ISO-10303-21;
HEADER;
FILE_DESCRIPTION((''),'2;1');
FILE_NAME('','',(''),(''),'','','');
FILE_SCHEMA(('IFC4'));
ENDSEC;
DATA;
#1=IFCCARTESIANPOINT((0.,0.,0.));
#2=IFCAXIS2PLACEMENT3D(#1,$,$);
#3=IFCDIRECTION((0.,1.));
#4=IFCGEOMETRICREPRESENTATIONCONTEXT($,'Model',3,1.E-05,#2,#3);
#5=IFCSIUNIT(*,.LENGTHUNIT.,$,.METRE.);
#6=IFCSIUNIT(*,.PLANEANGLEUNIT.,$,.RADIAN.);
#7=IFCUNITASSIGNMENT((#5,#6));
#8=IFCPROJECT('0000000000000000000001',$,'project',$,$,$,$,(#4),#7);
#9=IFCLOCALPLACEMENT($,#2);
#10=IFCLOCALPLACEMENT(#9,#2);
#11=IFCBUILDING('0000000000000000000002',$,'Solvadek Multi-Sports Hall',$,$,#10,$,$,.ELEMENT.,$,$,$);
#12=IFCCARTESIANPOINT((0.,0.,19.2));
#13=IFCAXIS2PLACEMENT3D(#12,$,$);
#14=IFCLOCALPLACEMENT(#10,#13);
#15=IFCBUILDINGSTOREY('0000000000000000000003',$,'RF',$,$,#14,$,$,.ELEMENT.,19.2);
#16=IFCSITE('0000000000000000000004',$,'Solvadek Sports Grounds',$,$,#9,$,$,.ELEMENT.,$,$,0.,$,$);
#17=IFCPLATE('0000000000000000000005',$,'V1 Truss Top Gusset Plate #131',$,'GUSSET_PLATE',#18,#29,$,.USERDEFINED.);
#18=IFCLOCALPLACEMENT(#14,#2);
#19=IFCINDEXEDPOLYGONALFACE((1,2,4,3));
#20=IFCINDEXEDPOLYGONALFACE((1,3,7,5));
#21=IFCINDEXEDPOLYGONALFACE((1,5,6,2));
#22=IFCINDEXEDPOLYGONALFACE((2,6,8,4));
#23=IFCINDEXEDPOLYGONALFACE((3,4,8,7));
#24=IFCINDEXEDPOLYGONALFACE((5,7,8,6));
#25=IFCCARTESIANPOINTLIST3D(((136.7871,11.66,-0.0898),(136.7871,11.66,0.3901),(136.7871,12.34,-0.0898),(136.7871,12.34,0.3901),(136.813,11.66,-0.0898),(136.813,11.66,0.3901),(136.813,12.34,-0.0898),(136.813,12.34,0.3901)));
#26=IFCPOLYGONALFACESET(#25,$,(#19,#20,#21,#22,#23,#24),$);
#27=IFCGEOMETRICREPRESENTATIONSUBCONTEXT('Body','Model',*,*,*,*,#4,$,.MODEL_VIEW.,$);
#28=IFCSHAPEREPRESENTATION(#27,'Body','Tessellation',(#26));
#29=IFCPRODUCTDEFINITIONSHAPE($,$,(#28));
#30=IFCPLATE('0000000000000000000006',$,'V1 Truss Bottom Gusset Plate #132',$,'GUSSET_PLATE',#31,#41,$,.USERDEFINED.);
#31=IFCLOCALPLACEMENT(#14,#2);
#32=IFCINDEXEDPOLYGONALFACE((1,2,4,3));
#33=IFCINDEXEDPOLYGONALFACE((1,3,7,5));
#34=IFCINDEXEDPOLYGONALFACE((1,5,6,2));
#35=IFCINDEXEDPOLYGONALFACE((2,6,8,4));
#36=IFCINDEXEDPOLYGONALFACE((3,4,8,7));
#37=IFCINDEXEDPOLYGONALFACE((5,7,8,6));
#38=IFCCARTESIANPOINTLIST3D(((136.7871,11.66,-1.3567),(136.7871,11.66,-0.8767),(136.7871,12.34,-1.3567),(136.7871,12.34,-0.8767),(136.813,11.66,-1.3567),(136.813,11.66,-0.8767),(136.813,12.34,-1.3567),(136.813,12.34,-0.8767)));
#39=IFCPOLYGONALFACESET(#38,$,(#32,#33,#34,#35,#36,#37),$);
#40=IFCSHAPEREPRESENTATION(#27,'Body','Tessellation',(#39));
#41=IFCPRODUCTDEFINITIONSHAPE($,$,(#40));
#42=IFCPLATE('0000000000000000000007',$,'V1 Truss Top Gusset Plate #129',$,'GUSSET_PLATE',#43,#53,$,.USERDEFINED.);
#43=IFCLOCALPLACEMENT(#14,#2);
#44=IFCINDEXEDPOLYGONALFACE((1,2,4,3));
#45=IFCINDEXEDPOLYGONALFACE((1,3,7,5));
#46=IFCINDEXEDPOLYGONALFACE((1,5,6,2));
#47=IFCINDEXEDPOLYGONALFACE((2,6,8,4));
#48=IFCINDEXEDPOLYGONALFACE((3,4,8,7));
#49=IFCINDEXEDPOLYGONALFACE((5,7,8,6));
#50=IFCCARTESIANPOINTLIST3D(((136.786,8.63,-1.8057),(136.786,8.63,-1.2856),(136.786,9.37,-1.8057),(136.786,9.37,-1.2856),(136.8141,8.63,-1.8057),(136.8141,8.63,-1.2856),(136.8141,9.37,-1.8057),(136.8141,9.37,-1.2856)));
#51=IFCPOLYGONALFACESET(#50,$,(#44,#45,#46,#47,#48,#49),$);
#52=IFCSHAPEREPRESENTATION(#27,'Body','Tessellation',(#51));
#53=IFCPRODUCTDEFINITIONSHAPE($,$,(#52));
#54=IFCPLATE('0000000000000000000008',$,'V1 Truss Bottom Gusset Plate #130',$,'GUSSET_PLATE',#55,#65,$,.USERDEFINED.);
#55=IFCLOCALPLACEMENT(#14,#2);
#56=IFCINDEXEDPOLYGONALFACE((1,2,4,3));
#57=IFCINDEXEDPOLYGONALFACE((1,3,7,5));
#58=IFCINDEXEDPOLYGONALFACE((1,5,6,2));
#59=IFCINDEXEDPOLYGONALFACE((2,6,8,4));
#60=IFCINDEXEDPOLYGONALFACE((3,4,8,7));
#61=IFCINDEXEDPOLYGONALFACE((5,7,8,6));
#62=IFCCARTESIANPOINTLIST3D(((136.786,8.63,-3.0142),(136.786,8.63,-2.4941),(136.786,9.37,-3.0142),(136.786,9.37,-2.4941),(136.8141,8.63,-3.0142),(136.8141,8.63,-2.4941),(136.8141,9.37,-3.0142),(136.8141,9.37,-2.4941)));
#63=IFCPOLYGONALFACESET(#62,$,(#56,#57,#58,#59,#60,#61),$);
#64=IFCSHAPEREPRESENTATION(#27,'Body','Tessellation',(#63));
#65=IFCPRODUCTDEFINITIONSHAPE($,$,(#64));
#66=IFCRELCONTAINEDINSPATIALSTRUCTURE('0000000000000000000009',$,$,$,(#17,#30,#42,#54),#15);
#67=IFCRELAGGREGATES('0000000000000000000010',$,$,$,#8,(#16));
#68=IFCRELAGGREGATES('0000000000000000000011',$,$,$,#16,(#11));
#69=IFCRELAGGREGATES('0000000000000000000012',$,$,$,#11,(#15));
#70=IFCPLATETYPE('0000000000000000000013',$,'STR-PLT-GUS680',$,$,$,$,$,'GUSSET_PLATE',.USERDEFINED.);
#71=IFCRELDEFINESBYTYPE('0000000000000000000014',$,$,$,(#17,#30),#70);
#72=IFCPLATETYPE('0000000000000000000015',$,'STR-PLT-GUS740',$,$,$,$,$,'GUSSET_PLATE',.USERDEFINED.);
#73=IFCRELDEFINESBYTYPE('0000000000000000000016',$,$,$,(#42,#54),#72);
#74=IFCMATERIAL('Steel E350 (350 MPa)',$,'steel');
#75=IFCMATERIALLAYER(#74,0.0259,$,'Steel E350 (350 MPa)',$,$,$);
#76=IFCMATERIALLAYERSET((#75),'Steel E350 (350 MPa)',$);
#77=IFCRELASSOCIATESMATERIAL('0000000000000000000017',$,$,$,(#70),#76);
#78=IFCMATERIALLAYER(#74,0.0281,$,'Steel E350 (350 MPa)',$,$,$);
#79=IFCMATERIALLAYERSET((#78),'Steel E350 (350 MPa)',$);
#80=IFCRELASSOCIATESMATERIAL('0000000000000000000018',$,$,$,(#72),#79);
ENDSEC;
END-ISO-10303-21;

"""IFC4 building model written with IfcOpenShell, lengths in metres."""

from ifc_helpers import new_model, si_unit, direction, frame, origin, origin_2d, place, context, subcontext, project, spatial, rectangle, extrude, material, layer, layer_set, type_object, element, save


model = new_model("IFC4")

# Units and contexts
model_context = context("Model", 3, precision=1e-05, world=origin(), true_north=direction((0.0, 1.0)))
body_context = subcontext(model_context, "Body", "Model", "MODEL_VIEW")
ifc_project = project(units=[si_unit("LENGTHUNIT", "METRE"), si_unit("PLANEANGLEUNIT", "RADIAN")], contexts=[model_context])

# Site, building, storey
site_placement = place(None, origin())
site = spatial("IfcSite", under=ifc_project, at=site_placement, Name="Solvadek Sports Grounds", CompositionType="ELEMENT", RefElevation=0.0)
building_placement = place(site_placement, origin())
building = spatial("IfcBuilding", under=site, at=building_placement, Name="Solvadek Multi-Sports Hall", CompositionType="ELEMENT")
storey_placement = place(building_placement, frame((0.0, 0.0, 19.2)))
storey = spatial("IfcBuildingStorey", under=building, at=storey_placement, Name="RF", CompositionType="ELEMENT", Elevation=19.2)

# Shared definitions
ifc_material_1 = material(Name="Steel E350 (350 MPa)", Category="steel")

# Plates
ifc_layer_1 = layer(ifc_material_1, 0.0259, Name="Steel E350 (350 MPa)")
ifc_layer_set_1 = layer_set([ifc_layer_1], Name="Steel E350 (350 MPa)")
plate_type_1 = type_object("IfcPlateType", Name="STR-PLT-GUS680", ElementType="GUSSET_PLATE", PredefinedType="USERDEFINED", material=ifc_layer_set_1)
for number, where, z_axis, x_axis, name in (
    (1, (136.8, 12.0, -0.0898), (0.0, 0.0, 1.0), (0.0, 1.0, 0.0), "V1 Truss Top Gusset Plate #131"),
    (2, (136.8, 12.0, -1.3567), (0.0, 0.0, 1.0), (0.0, 1.0, 0.0), "V1 Truss Bottom Gusset Plate #132"),
):
    element("IfcPlate", number, at=place(storey_placement, frame(where, z_axis=z_axis, x_axis=x_axis)), inside=storey, type_object=plate_type_1, Name=name, ObjectType="GUSSET_PLATE", PredefinedType="USERDEFINED", context=body_context, shape_type="SweptSolid", body=[
        extrude(rectangle(XDim=0.6799, YDim=0.0259, at=origin_2d()), origin(), (0.0, 0.0, 1.0), 0.48),
    ])
ifc_layer_2 = layer(ifc_material_1, 0.0281, Name="Steel E350 (350 MPa)")
ifc_layer_set_2 = layer_set([ifc_layer_2], Name="Steel E350 (350 MPa)")
plate_type_2 = type_object("IfcPlateType", Name="STR-PLT-GUS740", ElementType="GUSSET_PLATE", PredefinedType="USERDEFINED", material=ifc_layer_set_2)
for number, where, z_axis, x_axis, name in (
    (3, (136.8, 9.0, -1.8057), (0.0, 0.0, 1.0), (0.0, 1.0, 0.0), "V1 Truss Top Gusset Plate #129"),
    (4, (136.8, 9.0, -3.0142), (0.0, 0.0, 1.0), (0.0, 1.0, 0.0), "V1 Truss Bottom Gusset Plate #130"),
):
    element("IfcPlate", number, at=place(storey_placement, frame(where, z_axis=z_axis, x_axis=x_axis)), inside=storey, type_object=plate_type_2, Name=name, ObjectType="GUSSET_PLATE", PredefinedType="USERDEFINED", context=body_context, shape_type="SweptSolid", body=[
        extrude(rectangle(XDim=0.74, YDim=0.0281, at=origin_2d()), origin(), (0.0, 0.0, 1.0), 0.52),
    ])

save(model, "model.ifc")
